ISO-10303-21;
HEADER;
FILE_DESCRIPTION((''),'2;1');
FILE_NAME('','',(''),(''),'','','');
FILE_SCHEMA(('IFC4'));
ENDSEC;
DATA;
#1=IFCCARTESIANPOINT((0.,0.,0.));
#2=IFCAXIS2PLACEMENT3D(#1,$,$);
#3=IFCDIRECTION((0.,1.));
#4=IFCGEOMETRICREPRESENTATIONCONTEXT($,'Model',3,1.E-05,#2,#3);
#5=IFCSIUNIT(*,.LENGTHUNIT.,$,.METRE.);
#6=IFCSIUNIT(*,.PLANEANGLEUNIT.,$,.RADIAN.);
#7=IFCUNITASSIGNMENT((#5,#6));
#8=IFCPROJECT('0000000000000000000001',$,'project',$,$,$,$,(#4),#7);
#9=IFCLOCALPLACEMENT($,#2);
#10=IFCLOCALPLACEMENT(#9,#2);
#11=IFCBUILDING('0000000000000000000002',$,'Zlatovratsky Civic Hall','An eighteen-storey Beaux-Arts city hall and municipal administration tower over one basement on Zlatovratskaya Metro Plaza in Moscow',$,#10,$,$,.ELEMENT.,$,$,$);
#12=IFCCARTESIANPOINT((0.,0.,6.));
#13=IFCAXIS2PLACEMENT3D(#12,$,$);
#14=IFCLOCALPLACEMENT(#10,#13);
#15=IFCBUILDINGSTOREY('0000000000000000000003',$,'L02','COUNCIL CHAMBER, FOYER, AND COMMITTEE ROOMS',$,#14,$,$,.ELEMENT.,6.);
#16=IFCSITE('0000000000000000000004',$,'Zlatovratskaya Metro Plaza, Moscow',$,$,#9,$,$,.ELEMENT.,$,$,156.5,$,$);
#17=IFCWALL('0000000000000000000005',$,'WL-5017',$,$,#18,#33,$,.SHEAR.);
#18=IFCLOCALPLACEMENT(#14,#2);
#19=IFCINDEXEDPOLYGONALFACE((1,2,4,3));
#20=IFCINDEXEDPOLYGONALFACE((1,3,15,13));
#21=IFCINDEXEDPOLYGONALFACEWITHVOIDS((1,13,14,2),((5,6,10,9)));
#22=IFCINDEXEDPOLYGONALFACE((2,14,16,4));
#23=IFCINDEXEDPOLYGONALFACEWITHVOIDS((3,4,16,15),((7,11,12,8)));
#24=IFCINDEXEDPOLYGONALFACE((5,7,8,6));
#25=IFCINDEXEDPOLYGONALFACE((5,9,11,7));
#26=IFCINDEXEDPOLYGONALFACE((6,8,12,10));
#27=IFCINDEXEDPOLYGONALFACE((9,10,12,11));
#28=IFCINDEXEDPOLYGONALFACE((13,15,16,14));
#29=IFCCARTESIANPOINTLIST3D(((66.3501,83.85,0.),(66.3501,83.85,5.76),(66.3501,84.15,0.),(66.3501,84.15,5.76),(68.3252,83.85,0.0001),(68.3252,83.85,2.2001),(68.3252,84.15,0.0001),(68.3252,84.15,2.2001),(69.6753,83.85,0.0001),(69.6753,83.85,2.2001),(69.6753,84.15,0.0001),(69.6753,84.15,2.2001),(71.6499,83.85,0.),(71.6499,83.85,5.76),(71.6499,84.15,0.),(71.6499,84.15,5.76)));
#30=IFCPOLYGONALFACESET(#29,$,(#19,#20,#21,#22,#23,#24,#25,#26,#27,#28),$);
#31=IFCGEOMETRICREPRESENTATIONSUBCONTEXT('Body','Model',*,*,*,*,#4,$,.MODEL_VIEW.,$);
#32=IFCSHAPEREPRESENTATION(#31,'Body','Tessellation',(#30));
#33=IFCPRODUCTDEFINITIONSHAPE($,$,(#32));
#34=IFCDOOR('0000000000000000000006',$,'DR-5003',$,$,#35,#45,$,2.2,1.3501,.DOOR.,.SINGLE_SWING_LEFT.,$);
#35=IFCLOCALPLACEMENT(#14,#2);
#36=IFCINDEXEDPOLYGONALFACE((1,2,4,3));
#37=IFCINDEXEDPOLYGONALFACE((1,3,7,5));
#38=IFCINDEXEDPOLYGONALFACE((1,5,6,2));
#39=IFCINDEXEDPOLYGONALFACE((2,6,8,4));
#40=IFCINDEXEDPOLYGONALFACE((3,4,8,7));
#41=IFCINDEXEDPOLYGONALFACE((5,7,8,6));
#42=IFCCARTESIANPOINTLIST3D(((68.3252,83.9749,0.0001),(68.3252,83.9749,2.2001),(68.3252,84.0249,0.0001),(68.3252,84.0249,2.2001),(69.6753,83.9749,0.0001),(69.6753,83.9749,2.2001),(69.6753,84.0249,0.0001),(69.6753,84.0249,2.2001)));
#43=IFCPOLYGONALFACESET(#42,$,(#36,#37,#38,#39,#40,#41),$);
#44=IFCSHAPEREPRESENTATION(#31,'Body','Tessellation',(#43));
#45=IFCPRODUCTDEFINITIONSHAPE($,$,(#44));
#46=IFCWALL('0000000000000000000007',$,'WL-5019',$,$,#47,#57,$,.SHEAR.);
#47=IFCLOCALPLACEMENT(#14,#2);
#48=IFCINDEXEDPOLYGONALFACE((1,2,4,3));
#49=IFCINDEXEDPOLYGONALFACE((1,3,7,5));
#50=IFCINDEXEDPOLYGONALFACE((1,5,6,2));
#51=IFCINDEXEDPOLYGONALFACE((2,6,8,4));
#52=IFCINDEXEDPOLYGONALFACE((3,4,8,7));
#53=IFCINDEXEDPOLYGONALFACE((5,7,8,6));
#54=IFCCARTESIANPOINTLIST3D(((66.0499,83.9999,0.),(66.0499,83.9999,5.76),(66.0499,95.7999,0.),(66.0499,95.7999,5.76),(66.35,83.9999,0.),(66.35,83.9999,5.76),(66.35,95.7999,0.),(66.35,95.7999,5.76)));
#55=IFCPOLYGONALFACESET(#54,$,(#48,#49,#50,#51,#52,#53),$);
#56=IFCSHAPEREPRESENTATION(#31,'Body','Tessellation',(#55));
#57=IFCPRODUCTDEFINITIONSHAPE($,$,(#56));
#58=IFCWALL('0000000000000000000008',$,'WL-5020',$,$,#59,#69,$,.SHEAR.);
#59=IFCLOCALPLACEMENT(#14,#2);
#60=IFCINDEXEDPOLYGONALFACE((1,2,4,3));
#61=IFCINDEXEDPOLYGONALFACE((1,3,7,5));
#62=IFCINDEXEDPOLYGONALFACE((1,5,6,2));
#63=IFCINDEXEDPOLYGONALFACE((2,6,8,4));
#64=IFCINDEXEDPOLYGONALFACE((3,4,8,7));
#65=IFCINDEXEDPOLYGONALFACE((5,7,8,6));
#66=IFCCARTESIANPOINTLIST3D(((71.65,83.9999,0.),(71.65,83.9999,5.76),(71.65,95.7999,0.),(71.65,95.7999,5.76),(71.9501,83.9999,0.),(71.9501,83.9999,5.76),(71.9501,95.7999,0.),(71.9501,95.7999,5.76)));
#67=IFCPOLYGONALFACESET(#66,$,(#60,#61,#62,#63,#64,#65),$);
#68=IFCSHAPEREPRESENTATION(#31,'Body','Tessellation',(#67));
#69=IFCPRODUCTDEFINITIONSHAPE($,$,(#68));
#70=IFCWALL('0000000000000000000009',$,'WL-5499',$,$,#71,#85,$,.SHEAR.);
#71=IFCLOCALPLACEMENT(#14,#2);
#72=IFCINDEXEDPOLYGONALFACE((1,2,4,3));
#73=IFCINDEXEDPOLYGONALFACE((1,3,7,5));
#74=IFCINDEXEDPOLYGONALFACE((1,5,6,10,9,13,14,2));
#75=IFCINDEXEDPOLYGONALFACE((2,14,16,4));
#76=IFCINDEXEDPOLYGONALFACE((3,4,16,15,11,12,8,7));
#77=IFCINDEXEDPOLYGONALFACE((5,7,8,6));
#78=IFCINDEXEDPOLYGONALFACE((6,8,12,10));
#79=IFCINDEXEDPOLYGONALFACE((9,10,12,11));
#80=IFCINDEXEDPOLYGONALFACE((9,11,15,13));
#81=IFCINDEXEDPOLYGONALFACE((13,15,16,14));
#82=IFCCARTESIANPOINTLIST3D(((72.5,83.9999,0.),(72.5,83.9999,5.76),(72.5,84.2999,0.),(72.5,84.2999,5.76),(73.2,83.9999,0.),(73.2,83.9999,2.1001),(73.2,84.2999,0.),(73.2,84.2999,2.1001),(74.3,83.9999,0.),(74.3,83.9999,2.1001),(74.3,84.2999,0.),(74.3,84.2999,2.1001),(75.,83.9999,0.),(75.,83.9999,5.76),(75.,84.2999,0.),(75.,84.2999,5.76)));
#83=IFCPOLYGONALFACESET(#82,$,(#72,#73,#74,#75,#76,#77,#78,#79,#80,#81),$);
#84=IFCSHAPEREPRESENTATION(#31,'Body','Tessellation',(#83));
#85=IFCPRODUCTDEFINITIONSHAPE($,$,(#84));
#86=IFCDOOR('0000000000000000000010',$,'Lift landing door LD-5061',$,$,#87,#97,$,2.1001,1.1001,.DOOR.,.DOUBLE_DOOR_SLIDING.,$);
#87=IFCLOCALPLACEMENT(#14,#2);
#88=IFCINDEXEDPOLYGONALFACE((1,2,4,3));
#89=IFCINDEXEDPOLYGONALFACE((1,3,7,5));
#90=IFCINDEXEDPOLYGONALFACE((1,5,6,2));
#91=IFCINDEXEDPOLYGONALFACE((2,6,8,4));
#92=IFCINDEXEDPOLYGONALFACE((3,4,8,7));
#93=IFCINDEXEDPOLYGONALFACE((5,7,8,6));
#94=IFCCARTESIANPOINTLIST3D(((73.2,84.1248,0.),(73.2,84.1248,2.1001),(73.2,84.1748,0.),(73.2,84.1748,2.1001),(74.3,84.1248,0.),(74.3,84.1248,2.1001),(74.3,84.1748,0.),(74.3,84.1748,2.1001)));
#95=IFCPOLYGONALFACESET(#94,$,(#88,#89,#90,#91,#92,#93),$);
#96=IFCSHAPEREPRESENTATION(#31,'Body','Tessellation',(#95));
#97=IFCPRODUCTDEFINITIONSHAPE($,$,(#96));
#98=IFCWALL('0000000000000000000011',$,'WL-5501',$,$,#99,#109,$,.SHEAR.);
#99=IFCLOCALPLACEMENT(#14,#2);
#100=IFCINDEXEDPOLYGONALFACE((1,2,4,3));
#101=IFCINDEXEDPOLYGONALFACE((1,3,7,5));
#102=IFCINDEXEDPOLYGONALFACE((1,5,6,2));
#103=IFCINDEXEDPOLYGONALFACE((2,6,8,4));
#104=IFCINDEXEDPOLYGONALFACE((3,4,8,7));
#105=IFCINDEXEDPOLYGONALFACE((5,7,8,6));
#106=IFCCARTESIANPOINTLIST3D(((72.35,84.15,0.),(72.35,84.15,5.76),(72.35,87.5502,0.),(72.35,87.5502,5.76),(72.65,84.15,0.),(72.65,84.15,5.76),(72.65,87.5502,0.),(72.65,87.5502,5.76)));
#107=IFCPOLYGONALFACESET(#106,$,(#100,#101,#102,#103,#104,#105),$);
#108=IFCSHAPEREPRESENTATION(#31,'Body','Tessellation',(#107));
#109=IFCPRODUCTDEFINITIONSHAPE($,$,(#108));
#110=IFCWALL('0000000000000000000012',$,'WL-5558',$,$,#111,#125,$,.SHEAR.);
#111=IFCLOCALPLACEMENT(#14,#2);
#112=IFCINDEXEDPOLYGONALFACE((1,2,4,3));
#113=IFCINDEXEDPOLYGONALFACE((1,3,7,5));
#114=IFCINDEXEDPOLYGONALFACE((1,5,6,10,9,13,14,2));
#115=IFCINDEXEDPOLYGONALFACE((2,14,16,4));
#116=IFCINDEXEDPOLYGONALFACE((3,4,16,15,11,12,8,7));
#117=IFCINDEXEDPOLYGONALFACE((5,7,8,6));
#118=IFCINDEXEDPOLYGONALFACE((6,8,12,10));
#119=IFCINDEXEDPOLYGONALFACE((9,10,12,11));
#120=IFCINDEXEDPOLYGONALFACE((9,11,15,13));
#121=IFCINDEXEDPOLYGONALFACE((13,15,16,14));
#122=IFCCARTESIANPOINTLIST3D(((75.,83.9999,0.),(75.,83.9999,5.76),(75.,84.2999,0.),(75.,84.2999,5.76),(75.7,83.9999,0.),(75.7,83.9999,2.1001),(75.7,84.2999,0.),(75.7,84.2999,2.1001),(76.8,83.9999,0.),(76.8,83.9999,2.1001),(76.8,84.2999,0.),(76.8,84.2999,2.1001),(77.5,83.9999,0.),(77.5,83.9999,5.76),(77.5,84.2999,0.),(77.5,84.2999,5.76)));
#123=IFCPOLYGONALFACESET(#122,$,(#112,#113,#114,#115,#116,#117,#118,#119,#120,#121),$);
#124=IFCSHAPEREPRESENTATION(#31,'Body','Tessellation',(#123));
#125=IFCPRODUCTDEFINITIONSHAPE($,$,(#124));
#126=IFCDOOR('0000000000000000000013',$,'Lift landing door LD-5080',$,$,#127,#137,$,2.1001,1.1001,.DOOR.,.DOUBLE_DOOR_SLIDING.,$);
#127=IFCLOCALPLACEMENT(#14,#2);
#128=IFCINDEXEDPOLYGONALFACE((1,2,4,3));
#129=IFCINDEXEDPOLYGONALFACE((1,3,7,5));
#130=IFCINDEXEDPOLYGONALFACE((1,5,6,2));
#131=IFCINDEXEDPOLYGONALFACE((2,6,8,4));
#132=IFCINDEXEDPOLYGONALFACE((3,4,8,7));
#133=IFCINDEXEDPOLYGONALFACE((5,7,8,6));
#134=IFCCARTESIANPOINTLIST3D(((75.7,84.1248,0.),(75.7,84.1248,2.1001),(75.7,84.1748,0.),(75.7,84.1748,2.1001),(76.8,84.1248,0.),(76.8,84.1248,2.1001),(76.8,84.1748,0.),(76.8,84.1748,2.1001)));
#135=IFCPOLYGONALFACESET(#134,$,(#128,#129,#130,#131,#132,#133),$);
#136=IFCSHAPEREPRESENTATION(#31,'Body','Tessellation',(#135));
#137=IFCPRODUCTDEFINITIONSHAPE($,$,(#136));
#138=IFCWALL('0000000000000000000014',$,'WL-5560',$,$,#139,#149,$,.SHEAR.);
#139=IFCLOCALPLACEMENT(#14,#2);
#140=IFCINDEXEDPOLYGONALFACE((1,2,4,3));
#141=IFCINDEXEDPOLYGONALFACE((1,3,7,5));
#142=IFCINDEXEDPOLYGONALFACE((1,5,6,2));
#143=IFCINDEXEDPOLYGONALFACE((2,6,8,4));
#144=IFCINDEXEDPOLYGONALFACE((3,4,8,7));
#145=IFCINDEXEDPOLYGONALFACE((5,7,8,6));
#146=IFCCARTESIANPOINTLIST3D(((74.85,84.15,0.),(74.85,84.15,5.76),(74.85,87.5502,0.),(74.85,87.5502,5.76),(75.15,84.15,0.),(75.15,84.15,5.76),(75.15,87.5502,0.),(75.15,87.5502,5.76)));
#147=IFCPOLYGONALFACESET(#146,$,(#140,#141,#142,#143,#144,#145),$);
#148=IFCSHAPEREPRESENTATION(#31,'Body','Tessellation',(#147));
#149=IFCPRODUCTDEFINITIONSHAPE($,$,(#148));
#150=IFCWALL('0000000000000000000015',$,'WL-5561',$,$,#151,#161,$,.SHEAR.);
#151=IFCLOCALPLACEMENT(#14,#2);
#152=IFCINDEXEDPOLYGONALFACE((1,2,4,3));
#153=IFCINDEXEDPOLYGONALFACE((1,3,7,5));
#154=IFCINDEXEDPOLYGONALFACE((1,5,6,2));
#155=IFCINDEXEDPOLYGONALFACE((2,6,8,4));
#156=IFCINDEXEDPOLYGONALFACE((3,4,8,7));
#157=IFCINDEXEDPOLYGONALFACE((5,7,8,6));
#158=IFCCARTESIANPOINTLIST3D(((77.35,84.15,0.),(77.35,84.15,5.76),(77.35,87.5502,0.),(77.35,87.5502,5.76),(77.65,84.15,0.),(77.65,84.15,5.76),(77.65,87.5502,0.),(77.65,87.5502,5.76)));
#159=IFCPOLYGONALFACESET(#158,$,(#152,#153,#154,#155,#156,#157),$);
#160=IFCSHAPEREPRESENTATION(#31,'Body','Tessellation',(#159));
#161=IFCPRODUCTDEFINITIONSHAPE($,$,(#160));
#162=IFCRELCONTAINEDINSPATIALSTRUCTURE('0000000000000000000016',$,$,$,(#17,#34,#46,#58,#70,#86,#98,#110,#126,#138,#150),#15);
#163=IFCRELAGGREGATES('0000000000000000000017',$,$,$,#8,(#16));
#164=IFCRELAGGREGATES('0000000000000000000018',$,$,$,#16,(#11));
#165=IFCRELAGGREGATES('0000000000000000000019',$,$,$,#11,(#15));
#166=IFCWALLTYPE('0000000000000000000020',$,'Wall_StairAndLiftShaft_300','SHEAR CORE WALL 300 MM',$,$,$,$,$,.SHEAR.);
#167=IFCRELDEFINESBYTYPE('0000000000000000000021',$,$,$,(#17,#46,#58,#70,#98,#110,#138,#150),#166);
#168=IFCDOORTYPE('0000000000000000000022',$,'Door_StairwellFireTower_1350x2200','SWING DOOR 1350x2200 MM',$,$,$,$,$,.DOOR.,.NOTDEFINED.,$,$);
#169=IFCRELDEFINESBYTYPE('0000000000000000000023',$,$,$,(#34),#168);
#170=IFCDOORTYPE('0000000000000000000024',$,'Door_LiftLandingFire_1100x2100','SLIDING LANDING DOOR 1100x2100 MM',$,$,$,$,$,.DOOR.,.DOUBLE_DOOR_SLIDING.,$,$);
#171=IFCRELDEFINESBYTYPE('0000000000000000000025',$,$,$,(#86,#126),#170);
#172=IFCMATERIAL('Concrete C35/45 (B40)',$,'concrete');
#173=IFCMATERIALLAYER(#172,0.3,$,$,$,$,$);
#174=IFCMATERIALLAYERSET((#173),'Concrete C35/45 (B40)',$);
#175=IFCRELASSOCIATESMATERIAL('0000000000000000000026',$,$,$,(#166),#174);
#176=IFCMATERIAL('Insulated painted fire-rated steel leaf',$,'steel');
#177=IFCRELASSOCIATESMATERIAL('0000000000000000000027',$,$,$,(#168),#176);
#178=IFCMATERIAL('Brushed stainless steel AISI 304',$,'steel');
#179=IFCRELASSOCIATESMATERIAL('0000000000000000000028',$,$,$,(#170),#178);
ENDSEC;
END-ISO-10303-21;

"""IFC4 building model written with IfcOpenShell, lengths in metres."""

from ifc_helpers import new_model, si_unit, direction, frame, frame_2d, origin, place, context, subcontext, project, spatial, rectangle, extrude, material, layer, layer_set, type_object, element, fill, save


model = new_model("IFC4")

# Units and contexts
model_context = context("Model", 3, precision=1e-05, world=origin(), true_north=direction((0.0, 1.0)))
body_context = subcontext(model_context, "Body", "Model", "MODEL_VIEW")
ifc_project = project(units=[si_unit("LENGTHUNIT", "METRE"), si_unit("PLANEANGLEUNIT", "RADIAN")], contexts=[model_context])

# Site, building, storey
site_placement = place(None, origin())
site = spatial("IfcSite", under=ifc_project, at=site_placement, Name="Zlatovratskaya Metro Plaza, Moscow", CompositionType="ELEMENT", RefElevation=156.5)
building_placement = place(site_placement, origin())
building = spatial("IfcBuilding", under=site, at=building_placement, Name="Zlatovratsky Civic Hall", Description="An eighteen-storey Beaux-Arts city hall and municipal administration tower over one basement on Zlatovratskaya Metro Plaza in Moscow", CompositionType="ELEMENT")
storey_placement = place(building_placement, frame((0.0, 0.0, 6.0)))
storey = spatial("IfcBuildingStorey", under=building, at=storey_placement, Name="L02", Description="COUNCIL CHAMBER, FOYER, AND COMMITTEE ROOMS", CompositionType="ELEMENT", Elevation=6.0)

# Shared definitions
ifc_material_1 = material(Name="Concrete C35/45 (B40)", Category="concrete")

# Wall, opening, door
ifc_layer_1 = layer(ifc_material_1, 0.3)
ifc_layer_set_1 = layer_set([ifc_layer_1], Name="Concrete C35/45 (B40)")
wall_type_1 = type_object("IfcWallType", Name="Wall_StairAndLiftShaft_300", Description="SHEAR CORE WALL 300 MM", PredefinedType="SHEAR", material=ifc_layer_set_1)
wall_1_placement = place(storey_placement, frame((66.3501, 84.0, 0.0), z_axis=(0.0, 0.0, 1.0), x_axis=(1.0, 0.0, 0.0)))
wall_1 = element("IfcWall", 1, at=wall_1_placement, inside=storey, type_object=wall_type_1, Name="WL-5017", PredefinedType="SHEAR", context=body_context, shape_type="SweptSolid", body=[
    extrude(rectangle(XDim=5.2998, YDim=0.3, at=frame_2d((2.6499, 0.0))), origin(), (0.0, 0.0, 1.0), 5.76),
])
opening_1_placement = place(wall_1_placement, frame((1.9751, 0.0, 0.0)))
opening_1 = element("IfcOpeningElement", 2, at=opening_1_placement, cuts=wall_1, PredefinedType="OPENING", context=body_context, shape_type="SweptSolid", body=[
    extrude(rectangle(XDim=1.3501, YDim=2.2, at=frame_2d((0.675, 1.1001))), frame((0.0, 0.165, 0.0), z_axis=(0.0, -1.0, 0.0), x_axis=(1.0, 0.0, 0.0)), (0.0, 0.0, 1.0), 0.3298),
])
ifc_material_2 = material(Name="Insulated painted fire-rated steel leaf", Category="steel")
door_type_1 = type_object("IfcDoorType", Name="Door_StairwellFireTower_1350x2200", Description="SWING DOOR 1350x2200 MM", OperationType="NOTDEFINED", PredefinedType="DOOR", material=ifc_material_2)
door_1_placement = place(opening_1_placement, origin())
door_1 = element("IfcDoor", 3, at=door_1_placement, inside=storey, type_object=door_type_1, Name="DR-5003", OperationType="SINGLE_SWING_LEFT", OverallHeight=2.2, OverallWidth=1.3501, PredefinedType="DOOR", context=body_context, shape_type="SweptSolid", body=[
    extrude(rectangle(XDim=1.3501, YDim=2.2, at=frame_2d((0.675, 1.1001))), frame((0.0, 0.0249, 0.0), z_axis=(0.0, -1.0, 0.0), x_axis=(1.0, 0.0, 0.0)), (0.0, 0.0, 1.0), 0.05),
])
fill(opening_1, door_1)

# Walls
for number, where, z_axis, x_axis, name in (
    (4, (66.2, 84.0, 0.0), (0.0, 0.0, 1.0), (0.0, 1.0, 0.0), "WL-5019"),
    (5, (71.8, 84.0, 0.0), (0.0, 0.0, 1.0), (0.0, 1.0, 0.0), "WL-5020"),
):
    element("IfcWall", number, at=place(storey_placement, frame(where, z_axis=z_axis, x_axis=x_axis)), inside=storey, type_object=wall_type_1, Name=name, PredefinedType="SHEAR", context=body_context, shape_type="SweptSolid", body=[
        extrude(rectangle(XDim=11.8, YDim=0.3, at=frame_2d((5.8999, 0.0))), origin(), (0.0, 0.0, 1.0), 5.76),
    ])

# Wall, opening, door
wall_2_placement = place(storey_placement, frame((72.5, 84.1499, 0.0), z_axis=(0.0, 0.0, 1.0), x_axis=(1.0, 0.0, 0.0)))
wall_2 = element("IfcWall", 6, at=wall_2_placement, inside=storey, type_object=wall_type_1, Name="WL-5499", PredefinedType="SHEAR", context=body_context, shape_type="SweptSolid", body=[
    extrude(rectangle(XDim=2.5, YDim=0.3, at=frame_2d((1.25, 0.0))), origin(), (0.0, 0.0, 1.0), 5.76),
])
opening_2_placement = place(wall_2_placement, frame((0.7, 0.0, 0.0)))
opening_2 = element("IfcOpeningElement", 7, at=opening_2_placement, cuts=wall_2, PredefinedType="OPENING", context=body_context, shape_type="SweptSolid", body=[
    extrude(rectangle(XDim=1.1001, YDim=2.1001, at=frame_2d((0.55, 1.05))), frame((0.0, 0.165, 0.0), z_axis=(0.0, -1.0, 0.0), x_axis=(1.0, 0.0, 0.0)), (0.0, 0.0, 1.0), 0.3298),
])
ifc_material_3 = material(Name="Brushed stainless steel AISI 304", Category="steel")
door_type_2 = type_object("IfcDoorType", Name="Door_LiftLandingFire_1100x2100", Description="SLIDING LANDING DOOR 1100x2100 MM", OperationType="DOUBLE_DOOR_SLIDING", PredefinedType="DOOR", material=ifc_material_3)
door_2_placement = place(opening_2_placement, origin())
door_2 = element("IfcDoor", 8, at=door_2_placement, inside=storey, type_object=door_type_2, Name="Lift landing door LD-5061", OperationType="DOUBLE_DOOR_SLIDING", OverallHeight=2.1001, OverallWidth=1.1001, PredefinedType="DOOR", context=body_context, shape_type="SweptSolid", body=[
    extrude(rectangle(XDim=1.1001, YDim=2.1001, at=frame_2d((0.55, 1.05))), frame((0.0, 0.0249, 0.0), z_axis=(0.0, -1.0, 0.0), x_axis=(1.0, 0.0, 0.0)), (0.0, 0.0, 1.0), 0.05),
])
fill(opening_2, door_2)

# Wall
wall_3_placement = place(storey_placement, frame((72.5, 84.1499, 0.0), z_axis=(0.0, 0.0, 1.0), x_axis=(0.0, 1.0, 0.0)))
element("IfcWall", 9, at=wall_3_placement, inside=storey, type_object=wall_type_1, Name="WL-5501", PredefinedType="SHEAR", context=body_context, shape_type="SweptSolid", body=[
    extrude(rectangle(XDim=3.4001, YDim=0.3, at=frame_2d((1.7002, 0.0))), origin(), (0.0, 0.0, 1.0), 5.76),
])

# Wall, opening, door
wall_4_placement = place(storey_placement, frame((75.0, 84.1499, 0.0), z_axis=(0.0, 0.0, 1.0), x_axis=(1.0, 0.0, 0.0)))
wall_4 = element("IfcWall", 10, at=wall_4_placement, inside=storey, type_object=wall_type_1, Name="WL-5558", PredefinedType="SHEAR", context=body_context, shape_type="SweptSolid", body=[
    extrude(rectangle(XDim=2.5, YDim=0.3, at=frame_2d((1.25, 0.0))), origin(), (0.0, 0.0, 1.0), 5.76),
])
opening_3_placement = place(wall_4_placement, frame((0.7, 0.0, 0.0)))
opening_3 = element("IfcOpeningElement", 11, at=opening_3_placement, cuts=wall_4, PredefinedType="OPENING", context=body_context, shape_type="SweptSolid", body=[
    extrude(rectangle(XDim=1.1001, YDim=2.1001, at=frame_2d((0.55, 1.05))), frame((0.0, 0.165, 0.0), z_axis=(0.0, -1.0, 0.0), x_axis=(1.0, 0.0, 0.0)), (0.0, 0.0, 1.0), 0.3298),
])
door_3_placement = place(opening_3_placement, origin())
door_3 = element("IfcDoor", 12, at=door_3_placement, inside=storey, type_object=door_type_2, Name="Lift landing door LD-5080", OperationType="DOUBLE_DOOR_SLIDING", OverallHeight=2.1001, OverallWidth=1.1001, PredefinedType="DOOR", context=body_context, shape_type="SweptSolid", body=[
    extrude(rectangle(XDim=1.1001, YDim=2.1001, at=frame_2d((0.55, 1.05))), frame((0.0, 0.0249, 0.0), z_axis=(0.0, -1.0, 0.0), x_axis=(1.0, 0.0, 0.0)), (0.0, 0.0, 1.0), 0.05),
])
fill(opening_3, door_3)

# Walls
for number, where, z_axis, x_axis, name in (
    (13, (75.0, 84.1499, 0.0), (0.0, 0.0, 1.0), (0.0, 1.0, 0.0), "WL-5560"),
    (14, (77.5, 84.1499, 0.0), (0.0, 0.0, 1.0), (0.0, 1.0, 0.0), "WL-5561"),
):
    element("IfcWall", number, at=place(storey_placement, frame(where, z_axis=z_axis, x_axis=x_axis)), inside=storey, type_object=wall_type_1, Name=name, PredefinedType="SHEAR", context=body_context, shape_type="SweptSolid", body=[
        extrude(rectangle(XDim=3.4001, YDim=0.3, at=frame_2d((1.7002, 0.0))), origin(), (0.0, 0.0, 1.0), 5.76),
    ])

save(model, "model.ifc")
